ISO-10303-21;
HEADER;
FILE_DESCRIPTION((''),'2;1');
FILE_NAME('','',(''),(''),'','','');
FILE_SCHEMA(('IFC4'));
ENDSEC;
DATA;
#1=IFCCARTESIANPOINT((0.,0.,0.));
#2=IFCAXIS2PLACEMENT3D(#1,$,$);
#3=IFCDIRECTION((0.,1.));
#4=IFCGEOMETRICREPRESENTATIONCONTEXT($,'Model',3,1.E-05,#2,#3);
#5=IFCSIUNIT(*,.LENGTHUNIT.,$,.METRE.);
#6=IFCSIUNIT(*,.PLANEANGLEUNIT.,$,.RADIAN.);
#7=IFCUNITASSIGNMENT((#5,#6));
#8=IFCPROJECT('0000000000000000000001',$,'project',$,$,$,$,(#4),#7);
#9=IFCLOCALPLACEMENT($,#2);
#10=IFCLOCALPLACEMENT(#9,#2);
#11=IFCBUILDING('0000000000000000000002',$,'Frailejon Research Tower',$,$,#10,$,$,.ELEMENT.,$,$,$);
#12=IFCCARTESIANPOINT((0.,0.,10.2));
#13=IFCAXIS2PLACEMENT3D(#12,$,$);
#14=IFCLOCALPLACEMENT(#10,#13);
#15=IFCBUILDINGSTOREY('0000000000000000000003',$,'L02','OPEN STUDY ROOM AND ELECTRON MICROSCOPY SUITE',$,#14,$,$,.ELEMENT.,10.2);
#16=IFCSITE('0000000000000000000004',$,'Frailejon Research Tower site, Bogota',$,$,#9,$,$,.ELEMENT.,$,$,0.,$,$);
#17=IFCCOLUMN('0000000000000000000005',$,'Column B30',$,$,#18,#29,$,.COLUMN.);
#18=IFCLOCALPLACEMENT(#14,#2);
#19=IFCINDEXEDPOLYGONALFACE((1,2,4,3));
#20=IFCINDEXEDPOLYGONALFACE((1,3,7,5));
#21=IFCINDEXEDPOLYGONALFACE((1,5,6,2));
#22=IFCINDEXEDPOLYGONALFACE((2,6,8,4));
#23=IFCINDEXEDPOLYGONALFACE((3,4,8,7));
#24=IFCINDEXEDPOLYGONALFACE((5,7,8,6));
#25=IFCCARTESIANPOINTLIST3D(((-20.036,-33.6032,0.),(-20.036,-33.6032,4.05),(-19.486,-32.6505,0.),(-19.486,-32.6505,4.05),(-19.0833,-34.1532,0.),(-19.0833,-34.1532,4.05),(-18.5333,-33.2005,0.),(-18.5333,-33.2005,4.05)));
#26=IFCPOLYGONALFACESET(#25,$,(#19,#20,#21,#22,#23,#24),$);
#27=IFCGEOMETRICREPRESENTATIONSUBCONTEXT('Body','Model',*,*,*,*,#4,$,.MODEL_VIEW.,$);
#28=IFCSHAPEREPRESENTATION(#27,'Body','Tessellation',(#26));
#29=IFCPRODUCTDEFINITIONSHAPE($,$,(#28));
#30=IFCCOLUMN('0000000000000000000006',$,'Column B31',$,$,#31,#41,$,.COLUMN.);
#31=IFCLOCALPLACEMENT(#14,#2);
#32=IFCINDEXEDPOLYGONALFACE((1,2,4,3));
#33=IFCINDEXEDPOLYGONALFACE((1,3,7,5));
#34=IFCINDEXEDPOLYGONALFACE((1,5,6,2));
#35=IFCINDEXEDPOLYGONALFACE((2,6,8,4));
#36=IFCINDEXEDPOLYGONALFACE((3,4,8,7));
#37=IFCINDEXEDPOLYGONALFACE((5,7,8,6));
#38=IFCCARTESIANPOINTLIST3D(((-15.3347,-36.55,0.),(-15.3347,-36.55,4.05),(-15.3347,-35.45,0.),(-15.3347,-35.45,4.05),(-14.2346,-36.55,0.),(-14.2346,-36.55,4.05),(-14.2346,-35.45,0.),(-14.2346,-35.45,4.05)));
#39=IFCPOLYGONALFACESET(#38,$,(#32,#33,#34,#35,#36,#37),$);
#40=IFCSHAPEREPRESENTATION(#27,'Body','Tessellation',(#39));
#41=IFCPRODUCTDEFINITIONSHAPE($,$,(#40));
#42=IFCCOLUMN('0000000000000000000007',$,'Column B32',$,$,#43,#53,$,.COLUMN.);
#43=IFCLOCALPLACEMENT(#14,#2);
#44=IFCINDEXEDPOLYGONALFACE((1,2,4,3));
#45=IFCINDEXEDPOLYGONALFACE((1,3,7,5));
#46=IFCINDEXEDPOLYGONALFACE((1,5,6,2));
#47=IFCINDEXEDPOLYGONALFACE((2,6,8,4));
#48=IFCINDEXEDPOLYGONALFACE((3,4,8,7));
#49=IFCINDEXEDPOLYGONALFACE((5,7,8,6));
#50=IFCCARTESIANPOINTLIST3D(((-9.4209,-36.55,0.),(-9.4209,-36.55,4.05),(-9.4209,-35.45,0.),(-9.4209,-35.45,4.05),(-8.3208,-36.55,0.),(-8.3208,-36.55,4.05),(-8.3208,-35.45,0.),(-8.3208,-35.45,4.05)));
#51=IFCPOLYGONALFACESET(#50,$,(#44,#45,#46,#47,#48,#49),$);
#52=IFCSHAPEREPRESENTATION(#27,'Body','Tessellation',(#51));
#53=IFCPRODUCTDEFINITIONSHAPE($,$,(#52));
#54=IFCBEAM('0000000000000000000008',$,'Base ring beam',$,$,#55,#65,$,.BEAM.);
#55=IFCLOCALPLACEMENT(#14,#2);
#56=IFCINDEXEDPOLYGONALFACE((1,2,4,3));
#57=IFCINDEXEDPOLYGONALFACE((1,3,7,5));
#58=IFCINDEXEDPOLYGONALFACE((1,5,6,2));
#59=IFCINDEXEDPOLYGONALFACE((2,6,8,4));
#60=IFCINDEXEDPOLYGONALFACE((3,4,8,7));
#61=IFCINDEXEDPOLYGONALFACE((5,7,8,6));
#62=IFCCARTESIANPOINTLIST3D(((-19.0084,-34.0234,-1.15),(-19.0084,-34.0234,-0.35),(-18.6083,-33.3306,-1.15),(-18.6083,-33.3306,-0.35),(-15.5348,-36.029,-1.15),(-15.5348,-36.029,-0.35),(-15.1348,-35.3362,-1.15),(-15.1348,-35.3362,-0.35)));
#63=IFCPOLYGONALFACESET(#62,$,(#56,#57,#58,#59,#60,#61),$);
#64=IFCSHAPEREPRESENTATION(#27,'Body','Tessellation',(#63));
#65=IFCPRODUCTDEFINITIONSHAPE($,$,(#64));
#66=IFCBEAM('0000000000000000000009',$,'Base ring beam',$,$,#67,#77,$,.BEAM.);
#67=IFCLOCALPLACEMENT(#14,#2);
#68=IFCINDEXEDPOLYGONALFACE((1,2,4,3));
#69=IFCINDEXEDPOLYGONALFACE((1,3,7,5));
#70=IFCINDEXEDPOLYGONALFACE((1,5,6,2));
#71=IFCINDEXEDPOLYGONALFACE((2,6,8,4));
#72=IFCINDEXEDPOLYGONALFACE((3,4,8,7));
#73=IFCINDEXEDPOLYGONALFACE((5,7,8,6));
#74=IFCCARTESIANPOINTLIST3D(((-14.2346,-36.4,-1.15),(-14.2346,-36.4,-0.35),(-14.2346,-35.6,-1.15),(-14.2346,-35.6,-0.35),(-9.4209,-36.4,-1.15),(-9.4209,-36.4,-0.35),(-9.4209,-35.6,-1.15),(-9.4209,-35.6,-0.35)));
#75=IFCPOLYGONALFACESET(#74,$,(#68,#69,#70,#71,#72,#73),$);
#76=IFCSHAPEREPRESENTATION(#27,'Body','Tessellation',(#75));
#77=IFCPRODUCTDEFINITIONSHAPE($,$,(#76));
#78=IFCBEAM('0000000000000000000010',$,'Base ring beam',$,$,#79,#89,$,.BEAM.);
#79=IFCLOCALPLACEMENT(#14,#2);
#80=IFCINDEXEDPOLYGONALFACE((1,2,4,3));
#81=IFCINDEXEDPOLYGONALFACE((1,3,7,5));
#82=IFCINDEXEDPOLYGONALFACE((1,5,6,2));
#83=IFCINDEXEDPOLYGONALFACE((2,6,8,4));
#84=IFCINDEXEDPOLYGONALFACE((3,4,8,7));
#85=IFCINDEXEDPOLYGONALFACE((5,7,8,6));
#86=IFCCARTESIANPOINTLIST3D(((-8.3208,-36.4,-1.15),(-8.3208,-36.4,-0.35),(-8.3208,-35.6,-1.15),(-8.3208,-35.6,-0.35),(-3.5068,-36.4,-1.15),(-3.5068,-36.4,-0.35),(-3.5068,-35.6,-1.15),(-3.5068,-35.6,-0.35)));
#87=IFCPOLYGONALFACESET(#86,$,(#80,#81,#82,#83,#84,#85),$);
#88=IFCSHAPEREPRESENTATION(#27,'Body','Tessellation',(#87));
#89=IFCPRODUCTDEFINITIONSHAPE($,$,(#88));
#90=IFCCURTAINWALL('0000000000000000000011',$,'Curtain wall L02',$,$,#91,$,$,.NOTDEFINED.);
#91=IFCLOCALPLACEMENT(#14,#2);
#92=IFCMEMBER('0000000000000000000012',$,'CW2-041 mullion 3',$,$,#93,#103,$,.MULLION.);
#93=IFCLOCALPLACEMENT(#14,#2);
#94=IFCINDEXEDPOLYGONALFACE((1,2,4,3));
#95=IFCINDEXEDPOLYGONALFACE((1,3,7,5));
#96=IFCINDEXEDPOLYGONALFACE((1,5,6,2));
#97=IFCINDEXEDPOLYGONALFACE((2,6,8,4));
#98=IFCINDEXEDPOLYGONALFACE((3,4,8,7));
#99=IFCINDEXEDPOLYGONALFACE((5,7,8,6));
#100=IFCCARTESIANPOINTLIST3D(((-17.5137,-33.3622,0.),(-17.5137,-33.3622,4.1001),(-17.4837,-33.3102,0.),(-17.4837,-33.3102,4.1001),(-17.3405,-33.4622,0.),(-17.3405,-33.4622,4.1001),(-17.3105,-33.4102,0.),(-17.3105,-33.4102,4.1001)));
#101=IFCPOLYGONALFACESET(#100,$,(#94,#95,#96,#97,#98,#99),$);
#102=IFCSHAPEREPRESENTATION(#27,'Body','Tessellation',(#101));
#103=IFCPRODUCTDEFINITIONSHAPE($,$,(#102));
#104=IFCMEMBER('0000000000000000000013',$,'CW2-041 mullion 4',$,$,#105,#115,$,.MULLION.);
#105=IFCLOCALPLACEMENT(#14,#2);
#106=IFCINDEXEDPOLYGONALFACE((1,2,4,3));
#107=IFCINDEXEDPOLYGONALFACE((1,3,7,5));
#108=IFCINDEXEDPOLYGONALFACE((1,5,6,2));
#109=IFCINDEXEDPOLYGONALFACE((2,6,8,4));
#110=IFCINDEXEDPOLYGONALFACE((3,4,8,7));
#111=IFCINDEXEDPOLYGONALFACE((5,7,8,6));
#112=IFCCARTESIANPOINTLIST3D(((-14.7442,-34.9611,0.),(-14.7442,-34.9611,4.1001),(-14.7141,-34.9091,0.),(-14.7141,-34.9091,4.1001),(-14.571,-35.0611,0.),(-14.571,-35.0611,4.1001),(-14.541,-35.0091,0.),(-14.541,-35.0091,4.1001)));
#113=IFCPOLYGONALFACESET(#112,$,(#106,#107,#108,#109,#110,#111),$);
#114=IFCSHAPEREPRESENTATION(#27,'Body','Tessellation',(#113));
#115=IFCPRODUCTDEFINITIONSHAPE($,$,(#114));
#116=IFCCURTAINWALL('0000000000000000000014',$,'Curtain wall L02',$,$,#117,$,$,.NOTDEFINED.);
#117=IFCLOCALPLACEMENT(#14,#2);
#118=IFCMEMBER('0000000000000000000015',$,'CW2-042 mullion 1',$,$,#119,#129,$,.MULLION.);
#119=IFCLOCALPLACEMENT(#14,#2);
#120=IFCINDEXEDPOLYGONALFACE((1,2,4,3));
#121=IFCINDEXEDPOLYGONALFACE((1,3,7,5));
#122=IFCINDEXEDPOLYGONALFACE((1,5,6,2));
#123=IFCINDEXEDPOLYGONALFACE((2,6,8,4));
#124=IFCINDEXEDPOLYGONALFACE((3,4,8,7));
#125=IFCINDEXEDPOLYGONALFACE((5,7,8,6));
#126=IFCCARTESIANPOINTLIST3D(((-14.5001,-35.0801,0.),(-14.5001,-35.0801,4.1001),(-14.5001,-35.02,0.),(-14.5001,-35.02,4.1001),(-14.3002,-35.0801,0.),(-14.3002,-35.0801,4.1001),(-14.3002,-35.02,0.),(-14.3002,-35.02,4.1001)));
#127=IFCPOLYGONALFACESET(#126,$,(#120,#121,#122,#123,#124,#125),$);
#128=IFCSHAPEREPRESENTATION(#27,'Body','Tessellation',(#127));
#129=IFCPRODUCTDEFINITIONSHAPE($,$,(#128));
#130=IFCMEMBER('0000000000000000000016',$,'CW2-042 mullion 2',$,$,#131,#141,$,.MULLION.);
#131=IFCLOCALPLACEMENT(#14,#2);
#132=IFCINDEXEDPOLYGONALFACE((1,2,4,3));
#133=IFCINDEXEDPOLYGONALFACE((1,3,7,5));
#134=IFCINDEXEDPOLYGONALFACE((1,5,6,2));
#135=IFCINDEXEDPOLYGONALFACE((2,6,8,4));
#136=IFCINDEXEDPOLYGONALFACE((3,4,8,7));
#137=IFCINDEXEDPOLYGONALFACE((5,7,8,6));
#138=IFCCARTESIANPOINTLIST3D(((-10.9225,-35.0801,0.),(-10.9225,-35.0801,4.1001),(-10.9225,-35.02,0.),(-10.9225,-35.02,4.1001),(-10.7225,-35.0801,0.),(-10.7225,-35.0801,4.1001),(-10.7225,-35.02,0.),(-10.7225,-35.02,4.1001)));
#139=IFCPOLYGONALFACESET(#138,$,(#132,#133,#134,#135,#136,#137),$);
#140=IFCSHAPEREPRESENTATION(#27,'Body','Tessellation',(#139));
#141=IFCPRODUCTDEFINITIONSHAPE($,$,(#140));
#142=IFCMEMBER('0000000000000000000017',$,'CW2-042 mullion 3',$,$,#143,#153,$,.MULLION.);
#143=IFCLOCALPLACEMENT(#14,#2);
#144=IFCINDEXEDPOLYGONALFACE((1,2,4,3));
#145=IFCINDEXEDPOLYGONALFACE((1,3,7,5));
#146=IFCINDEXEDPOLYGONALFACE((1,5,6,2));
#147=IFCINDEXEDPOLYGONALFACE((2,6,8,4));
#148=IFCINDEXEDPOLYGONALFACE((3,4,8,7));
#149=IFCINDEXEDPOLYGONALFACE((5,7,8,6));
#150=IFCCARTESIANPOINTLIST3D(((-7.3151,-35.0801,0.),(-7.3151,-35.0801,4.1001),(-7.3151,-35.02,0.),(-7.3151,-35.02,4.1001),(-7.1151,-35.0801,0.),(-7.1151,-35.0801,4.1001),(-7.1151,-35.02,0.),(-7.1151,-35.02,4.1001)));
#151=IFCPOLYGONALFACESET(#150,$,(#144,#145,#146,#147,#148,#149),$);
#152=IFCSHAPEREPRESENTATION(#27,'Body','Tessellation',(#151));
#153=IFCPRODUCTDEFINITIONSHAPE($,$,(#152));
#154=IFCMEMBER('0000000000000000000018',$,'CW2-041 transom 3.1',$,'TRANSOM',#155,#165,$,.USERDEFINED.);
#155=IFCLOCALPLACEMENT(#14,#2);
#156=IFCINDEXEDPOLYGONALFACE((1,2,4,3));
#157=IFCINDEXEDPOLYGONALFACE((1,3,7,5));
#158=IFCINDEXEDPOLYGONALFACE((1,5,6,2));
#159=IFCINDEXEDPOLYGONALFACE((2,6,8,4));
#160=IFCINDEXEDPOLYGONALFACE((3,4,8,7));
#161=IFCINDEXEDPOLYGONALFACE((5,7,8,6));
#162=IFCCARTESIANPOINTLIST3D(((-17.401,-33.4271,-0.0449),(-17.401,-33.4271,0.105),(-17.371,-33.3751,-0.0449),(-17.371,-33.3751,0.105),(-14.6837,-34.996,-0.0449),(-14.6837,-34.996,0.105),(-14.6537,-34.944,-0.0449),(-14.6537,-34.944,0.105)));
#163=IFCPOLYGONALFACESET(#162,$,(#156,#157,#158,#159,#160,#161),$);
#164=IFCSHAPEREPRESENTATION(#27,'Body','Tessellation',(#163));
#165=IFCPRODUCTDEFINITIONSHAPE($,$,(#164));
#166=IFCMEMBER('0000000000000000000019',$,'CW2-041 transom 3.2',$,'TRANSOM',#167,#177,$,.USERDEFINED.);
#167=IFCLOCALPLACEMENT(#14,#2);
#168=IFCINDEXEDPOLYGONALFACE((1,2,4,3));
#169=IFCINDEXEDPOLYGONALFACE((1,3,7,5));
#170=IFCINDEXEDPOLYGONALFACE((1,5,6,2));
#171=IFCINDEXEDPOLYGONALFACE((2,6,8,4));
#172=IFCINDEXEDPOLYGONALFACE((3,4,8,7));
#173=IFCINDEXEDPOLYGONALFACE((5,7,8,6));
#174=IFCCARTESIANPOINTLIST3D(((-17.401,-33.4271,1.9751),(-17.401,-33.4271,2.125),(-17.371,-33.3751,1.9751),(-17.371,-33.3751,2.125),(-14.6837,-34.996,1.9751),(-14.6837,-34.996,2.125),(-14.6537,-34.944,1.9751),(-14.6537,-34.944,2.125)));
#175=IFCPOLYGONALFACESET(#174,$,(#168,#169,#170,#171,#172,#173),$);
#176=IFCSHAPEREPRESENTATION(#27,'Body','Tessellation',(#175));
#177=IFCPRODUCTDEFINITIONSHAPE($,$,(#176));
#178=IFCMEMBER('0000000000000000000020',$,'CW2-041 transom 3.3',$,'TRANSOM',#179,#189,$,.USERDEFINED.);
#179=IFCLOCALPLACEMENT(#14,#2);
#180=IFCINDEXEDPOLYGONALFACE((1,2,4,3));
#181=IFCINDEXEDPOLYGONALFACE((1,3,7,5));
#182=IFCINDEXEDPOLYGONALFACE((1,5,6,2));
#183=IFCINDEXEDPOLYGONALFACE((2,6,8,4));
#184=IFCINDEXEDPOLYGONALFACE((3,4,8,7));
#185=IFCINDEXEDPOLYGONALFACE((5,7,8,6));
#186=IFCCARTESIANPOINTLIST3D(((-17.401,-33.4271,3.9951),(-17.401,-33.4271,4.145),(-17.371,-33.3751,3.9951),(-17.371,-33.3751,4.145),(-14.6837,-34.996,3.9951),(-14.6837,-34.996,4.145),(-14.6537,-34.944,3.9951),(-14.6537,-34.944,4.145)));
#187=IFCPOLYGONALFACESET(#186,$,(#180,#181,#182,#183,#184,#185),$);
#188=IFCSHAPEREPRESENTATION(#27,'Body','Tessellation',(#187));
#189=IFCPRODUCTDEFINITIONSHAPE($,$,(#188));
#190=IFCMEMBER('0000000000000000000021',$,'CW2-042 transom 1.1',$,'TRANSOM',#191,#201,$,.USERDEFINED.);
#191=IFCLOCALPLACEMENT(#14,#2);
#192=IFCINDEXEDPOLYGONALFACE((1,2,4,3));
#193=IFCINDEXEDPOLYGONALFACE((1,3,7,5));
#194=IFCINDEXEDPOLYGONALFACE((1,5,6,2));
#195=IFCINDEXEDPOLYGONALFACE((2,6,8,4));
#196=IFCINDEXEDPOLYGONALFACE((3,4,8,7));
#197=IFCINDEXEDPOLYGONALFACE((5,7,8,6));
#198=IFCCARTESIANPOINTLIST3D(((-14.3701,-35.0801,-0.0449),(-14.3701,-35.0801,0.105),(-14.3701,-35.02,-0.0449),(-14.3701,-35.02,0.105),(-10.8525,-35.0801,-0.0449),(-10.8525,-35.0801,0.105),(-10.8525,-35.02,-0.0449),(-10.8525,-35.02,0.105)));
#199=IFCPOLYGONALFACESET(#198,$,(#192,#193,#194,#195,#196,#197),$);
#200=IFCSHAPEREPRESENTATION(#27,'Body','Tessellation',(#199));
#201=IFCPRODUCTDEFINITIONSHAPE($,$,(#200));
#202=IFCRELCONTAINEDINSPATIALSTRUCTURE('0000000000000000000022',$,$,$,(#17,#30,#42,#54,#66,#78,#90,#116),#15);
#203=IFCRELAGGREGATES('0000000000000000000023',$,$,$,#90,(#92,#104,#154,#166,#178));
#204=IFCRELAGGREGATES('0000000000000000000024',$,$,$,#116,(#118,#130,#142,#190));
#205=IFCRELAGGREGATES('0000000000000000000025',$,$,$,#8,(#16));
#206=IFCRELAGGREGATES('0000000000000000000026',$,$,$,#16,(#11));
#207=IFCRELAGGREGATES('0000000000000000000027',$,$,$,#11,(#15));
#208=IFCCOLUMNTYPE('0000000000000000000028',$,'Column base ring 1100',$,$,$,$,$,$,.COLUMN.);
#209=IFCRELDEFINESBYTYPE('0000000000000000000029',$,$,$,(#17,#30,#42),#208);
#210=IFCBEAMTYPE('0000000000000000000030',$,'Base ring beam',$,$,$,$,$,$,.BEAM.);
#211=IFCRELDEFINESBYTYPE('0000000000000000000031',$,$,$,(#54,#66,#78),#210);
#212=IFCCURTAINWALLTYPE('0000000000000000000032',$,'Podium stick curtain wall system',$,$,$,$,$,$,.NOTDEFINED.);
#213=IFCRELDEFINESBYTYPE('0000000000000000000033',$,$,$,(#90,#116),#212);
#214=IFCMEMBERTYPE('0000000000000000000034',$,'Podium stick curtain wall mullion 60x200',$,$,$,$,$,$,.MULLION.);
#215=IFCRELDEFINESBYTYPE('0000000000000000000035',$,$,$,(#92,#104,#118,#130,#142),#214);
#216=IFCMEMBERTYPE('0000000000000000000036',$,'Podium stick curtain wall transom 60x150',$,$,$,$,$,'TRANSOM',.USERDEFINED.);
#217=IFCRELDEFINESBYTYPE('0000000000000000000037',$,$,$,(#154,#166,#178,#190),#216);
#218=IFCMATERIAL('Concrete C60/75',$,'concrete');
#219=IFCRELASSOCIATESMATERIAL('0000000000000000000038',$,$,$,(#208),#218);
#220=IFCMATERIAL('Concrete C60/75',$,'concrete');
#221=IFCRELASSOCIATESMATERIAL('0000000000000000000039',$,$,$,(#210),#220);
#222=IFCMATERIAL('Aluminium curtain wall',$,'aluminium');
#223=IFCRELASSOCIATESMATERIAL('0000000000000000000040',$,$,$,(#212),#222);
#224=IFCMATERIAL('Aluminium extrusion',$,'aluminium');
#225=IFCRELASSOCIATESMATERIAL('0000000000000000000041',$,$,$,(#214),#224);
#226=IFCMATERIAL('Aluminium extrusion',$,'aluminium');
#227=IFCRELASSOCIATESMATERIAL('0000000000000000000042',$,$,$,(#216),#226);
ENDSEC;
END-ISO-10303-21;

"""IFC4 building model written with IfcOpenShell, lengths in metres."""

from ifc_helpers import new_model, si_unit, direction, frame, origin, origin_2d, place, context, subcontext, project, spatial, rectangle, extrude, material, material_profile, profile_set, type_object, element, aggregate, save


model = new_model("IFC4")

# Units and contexts
model_context = context("Model", 3, precision=1e-05, world=origin(), true_north=direction((0.0, 1.0)))
body_context = subcontext(model_context, "Body", "Model", "MODEL_VIEW")
ifc_project = project(units=[si_unit("LENGTHUNIT", "METRE"), si_unit("PLANEANGLEUNIT", "RADIAN")], contexts=[model_context])

# Site, building, storey
site_placement = place(None, origin())
site = spatial("IfcSite", under=ifc_project, at=site_placement, Name="Frailejon Research Tower site, Bogota", CompositionType="ELEMENT", RefElevation=0.0)
building_placement = place(site_placement, origin())
building = spatial("IfcBuilding", under=site, at=building_placement, Name="Frailejon Research Tower", CompositionType="ELEMENT")
storey_placement = place(building_placement, frame((0.0, 0.0, 10.2)))
storey = spatial("IfcBuildingStorey", under=building, at=storey_placement, Name="L02", Description="OPEN STUDY ROOM AND ELECTRON MICROSCOPY SUITE", CompositionType="ELEMENT", Elevation=10.2)

# Columns
ifc_material_1 = material(Name="Concrete C60/75", Category="concrete")
ifc_material_profile_1 = material_profile(ifc_material_1, rectangle(XDim=1.1001, YDim=1.1001, at=origin_2d()), Name="Column base ring 1100")
ifc_profile_set_1 = profile_set([ifc_material_profile_1], Name="Concrete C60/75")
column_type = type_object("IfcColumnType", Name="Column base ring 1100", PredefinedType="COLUMN", material=ifc_profile_set_1)
for number, where, z_axis, x_axis, name in (
    (1, (-19.2847, -33.4019, 0.0), (0.0, 0.0, 1.0), (0.866025, -0.5, 0.0), "Column B30"),
    (2, (-14.7847, -36.0, 0.0), (0.0, 0.0, 1.0), (1.0, 0.0, 0.0), "Column B31"),
    (3, (-8.8708, -36.0, 0.0), (0.0, 0.0, 1.0), (1.0, 0.0, 0.0), "Column B32"),
):
    element("IfcColumn", number, at=place(storey_placement, frame(where, z_axis=z_axis, x_axis=x_axis)), inside=storey, type_object=column_type, Name=name, PredefinedType="COLUMN", context=body_context, shape_type="SweptSolid", body=[
        extrude(rectangle(XDim=1.1001, YDim=1.1001, at=origin_2d()), origin(), (0.0, 0.0, 1.0), 4.05),
    ])

# Beams
ifc_material_2 = material(Name="Concrete C60/75", Category="concrete")
ifc_material_profile_2 = material_profile(ifc_material_2, rectangle(XDim=0.8, YDim=0.8, at=origin_2d()), Name="Base ring beam")
ifc_profile_set_2 = profile_set([ifc_material_profile_2], Name="Concrete C60/75")
beam_type = type_object("IfcBeamType", Name="Base ring beam", PredefinedType="BEAM", material=ifc_profile_set_2)
beam_1_placement = place(storey_placement, frame((-18.8083, -33.677, -0.75), z_axis=(0.866013, -0.500021, 0.0), x_axis=(0.500021, 0.866013, 0.0)))
element("IfcBeam", 4, at=beam_1_placement, inside=storey, type_object=beam_type, Name="Base ring beam", PredefinedType="BEAM", context=body_context, shape_type="SweptSolid", body=[
    extrude(rectangle(XDim=0.8, YDim=0.8, at=origin_2d()), origin(), (0.0, 0.0, 1.0), 4.011),
])
beam_2_placement = place(storey_placement, frame((-14.2346, -36.0, -0.75), z_axis=(1.0, 0.0, 0.0), x_axis=(0.0, 1.0, 0.0)))
element("IfcBeam", 5, at=beam_2_placement, inside=storey, type_object=beam_type, Name="Base ring beam", PredefinedType="BEAM", context=body_context, shape_type="SweptSolid", body=[
    extrude(rectangle(XDim=0.8, YDim=0.8, at=origin_2d()), origin(), (0.0, 0.0, 1.0), 4.8137),
])
beam_3_placement = place(storey_placement, frame((-8.3208, -36.0, -0.75), z_axis=(1.0, 0.0, 0.0), x_axis=(0.0, 1.0, 0.0)))
element("IfcBeam", 6, at=beam_3_placement, inside=storey, type_object=beam_type, Name="Base ring beam", PredefinedType="BEAM", context=body_context, shape_type="SweptSolid", body=[
    extrude(rectangle(XDim=0.8, YDim=0.8, at=origin_2d()), origin(), (0.0, 0.0, 1.0), 4.814),
])

# Curtain walls, members
ifc_material_3 = material(Name="Aluminium curtain wall", Category="aluminium")
curtain_wall_type = type_object("IfcCurtainWallType", Name="Podium stick curtain wall system", PredefinedType="NOTDEFINED", material=ifc_material_3)
curtain_wall_1_placement = place(storey_placement, origin())
curtain_wall_1 = element("IfcCurtainWall", 7, at=curtain_wall_1_placement, inside=storey, type_object=curtain_wall_type, Name="Curtain wall L02", PredefinedType="NOTDEFINED")
ifc_material_4 = material(Name="Aluminium extrusion", Category="aluminium")
ifc_material_profile_3 = material_profile(ifc_material_4, rectangle(XDim=0.0601, YDim=0.2, at=origin_2d()), Name="Podium stick curtain wall mullion 60x200")
ifc_profile_set_3 = profile_set([ifc_material_profile_3], Name="Aluminium extrusion")
member_type_1 = type_object("IfcMemberType", Name="Podium stick curtain wall mullion 60x200", PredefinedType="MULLION", material=ifc_profile_set_3)
member_1_placement = place(storey_placement, frame((-17.4121, -33.3862, 0.0), z_axis=(0.0, 0.0, 1.0), x_axis=(0.5, 0.866025, 0.0)))
member_1 = element("IfcMember", 8, at=member_1_placement, type_object=member_type_1, Name="CW2-041 mullion 3", PredefinedType="MULLION", context=body_context, shape_type="SweptSolid", body=[
    extrude(rectangle(XDim=0.0601, YDim=0.2, at=origin_2d()), origin(), (0.0, 0.0, 1.0), 4.1001),
])
member_2_placement = place(storey_placement, frame((-14.6426, -34.9851, 0.0), z_axis=(0.0, 0.0, 1.0), x_axis=(0.5, 0.866025, 0.0)))
member_2 = element("IfcMember", 9, at=member_2_placement, type_object=member_type_1, Name="CW2-041 mullion 4", PredefinedType="MULLION", context=body_context, shape_type="SweptSolid", body=[
    extrude(rectangle(XDim=0.0601, YDim=0.2, at=origin_2d()), origin(), (0.0, 0.0, 1.0), 4.1001),
])
curtain_wall_2_placement = place(storey_placement, origin())
curtain_wall_2 = element("IfcCurtainWall", 10, at=curtain_wall_2_placement, inside=storey, type_object=curtain_wall_type, Name="Curtain wall L02", PredefinedType="NOTDEFINED")
member_3_placement = place(storey_placement, frame((-14.4001, -35.05, 0.0), z_axis=(0.0, 0.0, 1.0), x_axis=(0.0, 1.0, 0.0)))
member_3 = element("IfcMember", 11, at=member_3_placement, type_object=member_type_1, Name="CW2-042 mullion 1", PredefinedType="MULLION", context=body_context, shape_type="SweptSolid", body=[
    extrude(rectangle(XDim=0.0601, YDim=0.2, at=origin_2d()), origin(), (0.0, 0.0, 1.0), 4.1001),
])
member_4_placement = place(storey_placement, frame((-10.8225, -35.05, 0.0), z_axis=(0.0, 0.0, 1.0), x_axis=(0.0, 1.0, 0.0)))
member_4 = element("IfcMember", 12, at=member_4_placement, type_object=member_type_1, Name="CW2-042 mullion 2", PredefinedType="MULLION", context=body_context, shape_type="SweptSolid", body=[
    extrude(rectangle(XDim=0.0601, YDim=0.2, at=origin_2d()), origin(), (0.0, 0.0, 1.0), 4.1001),
])
member_5_placement = place(storey_placement, frame((-7.2151, -35.05, 0.0), z_axis=(0.0, 0.0, 1.0), x_axis=(0.0, 1.0, 0.0)))
member_5 = element("IfcMember", 13, at=member_5_placement, type_object=member_type_1, Name="CW2-042 mullion 3", PredefinedType="MULLION", context=body_context, shape_type="SweptSolid", body=[
    extrude(rectangle(XDim=0.0601, YDim=0.2, at=origin_2d()), origin(), (0.0, 0.0, 1.0), 4.1001),
])

# Members
ifc_material_5 = material(Name="Aluminium extrusion", Category="aluminium")
ifc_material_profile_4 = material_profile(ifc_material_5, rectangle(XDim=0.0601, YDim=0.1499, at=origin_2d()), Name="Podium stick curtain wall transom 60x150")
ifc_profile_set_4 = profile_set([ifc_material_profile_4], Name="Aluminium extrusion")
member_type_2 = type_object("IfcMemberType", Name="Podium stick curtain wall transom 60x150", ElementType="TRANSOM", PredefinedType="USERDEFINED", material=ifc_profile_set_4)
member_6_placement = place(storey_placement, frame((-17.386, -33.4011, 0.03), z_axis=(0.866022, -0.500005, 0.0), x_axis=(0.500005, 0.866022, 0.0)))
member_6 = element("IfcMember", 14, at=member_6_placement, type_object=member_type_2, Name="CW2-041 transom 3.1", ObjectType="TRANSOM", PredefinedType="USERDEFINED", context=body_context, shape_type="SweptSolid", body=[
    extrude(rectangle(XDim=0.0601, YDim=0.1499, at=origin_2d()), origin(), (0.0, 0.0, 1.0), 3.1377),
])
member_7_placement = place(storey_placement, frame((-17.386, -33.4011, 2.05), z_axis=(0.866022, -0.500005, 0.0), x_axis=(0.500005, 0.866022, 0.0)))
member_7 = element("IfcMember", 15, at=member_7_placement, type_object=member_type_2, Name="CW2-041 transom 3.2", ObjectType="TRANSOM", PredefinedType="USERDEFINED", context=body_context, shape_type="SweptSolid", body=[
    extrude(rectangle(XDim=0.0601, YDim=0.1499, at=origin_2d()), origin(), (0.0, 0.0, 1.0), 3.1377),
])
member_8_placement = place(storey_placement, frame((-17.386, -33.4011, 4.0701), z_axis=(0.866022, -0.500005, 0.0), x_axis=(0.500005, 0.866022, 0.0)))
member_8 = element("IfcMember", 16, at=member_8_placement, type_object=member_type_2, Name="CW2-041 transom 3.3", ObjectType="TRANSOM", PredefinedType="USERDEFINED", context=body_context, shape_type="SweptSolid", body=[
    extrude(rectangle(XDim=0.0601, YDim=0.1499, at=origin_2d()), origin(), (0.0, 0.0, 1.0), 3.1377),
])
member_9_placement = place(storey_placement, frame((-14.3701, -35.05, 0.03), z_axis=(1.0, 0.0, 0.0), x_axis=(0.0, 1.0, 0.0)))
member_9 = element("IfcMember", 17, at=member_9_placement, type_object=member_type_2, Name="CW2-042 transom 1.1", ObjectType="TRANSOM", PredefinedType="USERDEFINED", context=body_context, shape_type="SweptSolid", body=[
    extrude(rectangle(XDim=0.0601, YDim=0.1499, at=origin_2d()), origin(), (0.0, 0.0, 1.0), 3.5176),
])

aggregate(curtain_wall_1, [member_1, member_2, member_6, member_7, member_8])
aggregate(curtain_wall_2, [member_3, member_4, member_5, member_9])

save(model, "model.ifc")
